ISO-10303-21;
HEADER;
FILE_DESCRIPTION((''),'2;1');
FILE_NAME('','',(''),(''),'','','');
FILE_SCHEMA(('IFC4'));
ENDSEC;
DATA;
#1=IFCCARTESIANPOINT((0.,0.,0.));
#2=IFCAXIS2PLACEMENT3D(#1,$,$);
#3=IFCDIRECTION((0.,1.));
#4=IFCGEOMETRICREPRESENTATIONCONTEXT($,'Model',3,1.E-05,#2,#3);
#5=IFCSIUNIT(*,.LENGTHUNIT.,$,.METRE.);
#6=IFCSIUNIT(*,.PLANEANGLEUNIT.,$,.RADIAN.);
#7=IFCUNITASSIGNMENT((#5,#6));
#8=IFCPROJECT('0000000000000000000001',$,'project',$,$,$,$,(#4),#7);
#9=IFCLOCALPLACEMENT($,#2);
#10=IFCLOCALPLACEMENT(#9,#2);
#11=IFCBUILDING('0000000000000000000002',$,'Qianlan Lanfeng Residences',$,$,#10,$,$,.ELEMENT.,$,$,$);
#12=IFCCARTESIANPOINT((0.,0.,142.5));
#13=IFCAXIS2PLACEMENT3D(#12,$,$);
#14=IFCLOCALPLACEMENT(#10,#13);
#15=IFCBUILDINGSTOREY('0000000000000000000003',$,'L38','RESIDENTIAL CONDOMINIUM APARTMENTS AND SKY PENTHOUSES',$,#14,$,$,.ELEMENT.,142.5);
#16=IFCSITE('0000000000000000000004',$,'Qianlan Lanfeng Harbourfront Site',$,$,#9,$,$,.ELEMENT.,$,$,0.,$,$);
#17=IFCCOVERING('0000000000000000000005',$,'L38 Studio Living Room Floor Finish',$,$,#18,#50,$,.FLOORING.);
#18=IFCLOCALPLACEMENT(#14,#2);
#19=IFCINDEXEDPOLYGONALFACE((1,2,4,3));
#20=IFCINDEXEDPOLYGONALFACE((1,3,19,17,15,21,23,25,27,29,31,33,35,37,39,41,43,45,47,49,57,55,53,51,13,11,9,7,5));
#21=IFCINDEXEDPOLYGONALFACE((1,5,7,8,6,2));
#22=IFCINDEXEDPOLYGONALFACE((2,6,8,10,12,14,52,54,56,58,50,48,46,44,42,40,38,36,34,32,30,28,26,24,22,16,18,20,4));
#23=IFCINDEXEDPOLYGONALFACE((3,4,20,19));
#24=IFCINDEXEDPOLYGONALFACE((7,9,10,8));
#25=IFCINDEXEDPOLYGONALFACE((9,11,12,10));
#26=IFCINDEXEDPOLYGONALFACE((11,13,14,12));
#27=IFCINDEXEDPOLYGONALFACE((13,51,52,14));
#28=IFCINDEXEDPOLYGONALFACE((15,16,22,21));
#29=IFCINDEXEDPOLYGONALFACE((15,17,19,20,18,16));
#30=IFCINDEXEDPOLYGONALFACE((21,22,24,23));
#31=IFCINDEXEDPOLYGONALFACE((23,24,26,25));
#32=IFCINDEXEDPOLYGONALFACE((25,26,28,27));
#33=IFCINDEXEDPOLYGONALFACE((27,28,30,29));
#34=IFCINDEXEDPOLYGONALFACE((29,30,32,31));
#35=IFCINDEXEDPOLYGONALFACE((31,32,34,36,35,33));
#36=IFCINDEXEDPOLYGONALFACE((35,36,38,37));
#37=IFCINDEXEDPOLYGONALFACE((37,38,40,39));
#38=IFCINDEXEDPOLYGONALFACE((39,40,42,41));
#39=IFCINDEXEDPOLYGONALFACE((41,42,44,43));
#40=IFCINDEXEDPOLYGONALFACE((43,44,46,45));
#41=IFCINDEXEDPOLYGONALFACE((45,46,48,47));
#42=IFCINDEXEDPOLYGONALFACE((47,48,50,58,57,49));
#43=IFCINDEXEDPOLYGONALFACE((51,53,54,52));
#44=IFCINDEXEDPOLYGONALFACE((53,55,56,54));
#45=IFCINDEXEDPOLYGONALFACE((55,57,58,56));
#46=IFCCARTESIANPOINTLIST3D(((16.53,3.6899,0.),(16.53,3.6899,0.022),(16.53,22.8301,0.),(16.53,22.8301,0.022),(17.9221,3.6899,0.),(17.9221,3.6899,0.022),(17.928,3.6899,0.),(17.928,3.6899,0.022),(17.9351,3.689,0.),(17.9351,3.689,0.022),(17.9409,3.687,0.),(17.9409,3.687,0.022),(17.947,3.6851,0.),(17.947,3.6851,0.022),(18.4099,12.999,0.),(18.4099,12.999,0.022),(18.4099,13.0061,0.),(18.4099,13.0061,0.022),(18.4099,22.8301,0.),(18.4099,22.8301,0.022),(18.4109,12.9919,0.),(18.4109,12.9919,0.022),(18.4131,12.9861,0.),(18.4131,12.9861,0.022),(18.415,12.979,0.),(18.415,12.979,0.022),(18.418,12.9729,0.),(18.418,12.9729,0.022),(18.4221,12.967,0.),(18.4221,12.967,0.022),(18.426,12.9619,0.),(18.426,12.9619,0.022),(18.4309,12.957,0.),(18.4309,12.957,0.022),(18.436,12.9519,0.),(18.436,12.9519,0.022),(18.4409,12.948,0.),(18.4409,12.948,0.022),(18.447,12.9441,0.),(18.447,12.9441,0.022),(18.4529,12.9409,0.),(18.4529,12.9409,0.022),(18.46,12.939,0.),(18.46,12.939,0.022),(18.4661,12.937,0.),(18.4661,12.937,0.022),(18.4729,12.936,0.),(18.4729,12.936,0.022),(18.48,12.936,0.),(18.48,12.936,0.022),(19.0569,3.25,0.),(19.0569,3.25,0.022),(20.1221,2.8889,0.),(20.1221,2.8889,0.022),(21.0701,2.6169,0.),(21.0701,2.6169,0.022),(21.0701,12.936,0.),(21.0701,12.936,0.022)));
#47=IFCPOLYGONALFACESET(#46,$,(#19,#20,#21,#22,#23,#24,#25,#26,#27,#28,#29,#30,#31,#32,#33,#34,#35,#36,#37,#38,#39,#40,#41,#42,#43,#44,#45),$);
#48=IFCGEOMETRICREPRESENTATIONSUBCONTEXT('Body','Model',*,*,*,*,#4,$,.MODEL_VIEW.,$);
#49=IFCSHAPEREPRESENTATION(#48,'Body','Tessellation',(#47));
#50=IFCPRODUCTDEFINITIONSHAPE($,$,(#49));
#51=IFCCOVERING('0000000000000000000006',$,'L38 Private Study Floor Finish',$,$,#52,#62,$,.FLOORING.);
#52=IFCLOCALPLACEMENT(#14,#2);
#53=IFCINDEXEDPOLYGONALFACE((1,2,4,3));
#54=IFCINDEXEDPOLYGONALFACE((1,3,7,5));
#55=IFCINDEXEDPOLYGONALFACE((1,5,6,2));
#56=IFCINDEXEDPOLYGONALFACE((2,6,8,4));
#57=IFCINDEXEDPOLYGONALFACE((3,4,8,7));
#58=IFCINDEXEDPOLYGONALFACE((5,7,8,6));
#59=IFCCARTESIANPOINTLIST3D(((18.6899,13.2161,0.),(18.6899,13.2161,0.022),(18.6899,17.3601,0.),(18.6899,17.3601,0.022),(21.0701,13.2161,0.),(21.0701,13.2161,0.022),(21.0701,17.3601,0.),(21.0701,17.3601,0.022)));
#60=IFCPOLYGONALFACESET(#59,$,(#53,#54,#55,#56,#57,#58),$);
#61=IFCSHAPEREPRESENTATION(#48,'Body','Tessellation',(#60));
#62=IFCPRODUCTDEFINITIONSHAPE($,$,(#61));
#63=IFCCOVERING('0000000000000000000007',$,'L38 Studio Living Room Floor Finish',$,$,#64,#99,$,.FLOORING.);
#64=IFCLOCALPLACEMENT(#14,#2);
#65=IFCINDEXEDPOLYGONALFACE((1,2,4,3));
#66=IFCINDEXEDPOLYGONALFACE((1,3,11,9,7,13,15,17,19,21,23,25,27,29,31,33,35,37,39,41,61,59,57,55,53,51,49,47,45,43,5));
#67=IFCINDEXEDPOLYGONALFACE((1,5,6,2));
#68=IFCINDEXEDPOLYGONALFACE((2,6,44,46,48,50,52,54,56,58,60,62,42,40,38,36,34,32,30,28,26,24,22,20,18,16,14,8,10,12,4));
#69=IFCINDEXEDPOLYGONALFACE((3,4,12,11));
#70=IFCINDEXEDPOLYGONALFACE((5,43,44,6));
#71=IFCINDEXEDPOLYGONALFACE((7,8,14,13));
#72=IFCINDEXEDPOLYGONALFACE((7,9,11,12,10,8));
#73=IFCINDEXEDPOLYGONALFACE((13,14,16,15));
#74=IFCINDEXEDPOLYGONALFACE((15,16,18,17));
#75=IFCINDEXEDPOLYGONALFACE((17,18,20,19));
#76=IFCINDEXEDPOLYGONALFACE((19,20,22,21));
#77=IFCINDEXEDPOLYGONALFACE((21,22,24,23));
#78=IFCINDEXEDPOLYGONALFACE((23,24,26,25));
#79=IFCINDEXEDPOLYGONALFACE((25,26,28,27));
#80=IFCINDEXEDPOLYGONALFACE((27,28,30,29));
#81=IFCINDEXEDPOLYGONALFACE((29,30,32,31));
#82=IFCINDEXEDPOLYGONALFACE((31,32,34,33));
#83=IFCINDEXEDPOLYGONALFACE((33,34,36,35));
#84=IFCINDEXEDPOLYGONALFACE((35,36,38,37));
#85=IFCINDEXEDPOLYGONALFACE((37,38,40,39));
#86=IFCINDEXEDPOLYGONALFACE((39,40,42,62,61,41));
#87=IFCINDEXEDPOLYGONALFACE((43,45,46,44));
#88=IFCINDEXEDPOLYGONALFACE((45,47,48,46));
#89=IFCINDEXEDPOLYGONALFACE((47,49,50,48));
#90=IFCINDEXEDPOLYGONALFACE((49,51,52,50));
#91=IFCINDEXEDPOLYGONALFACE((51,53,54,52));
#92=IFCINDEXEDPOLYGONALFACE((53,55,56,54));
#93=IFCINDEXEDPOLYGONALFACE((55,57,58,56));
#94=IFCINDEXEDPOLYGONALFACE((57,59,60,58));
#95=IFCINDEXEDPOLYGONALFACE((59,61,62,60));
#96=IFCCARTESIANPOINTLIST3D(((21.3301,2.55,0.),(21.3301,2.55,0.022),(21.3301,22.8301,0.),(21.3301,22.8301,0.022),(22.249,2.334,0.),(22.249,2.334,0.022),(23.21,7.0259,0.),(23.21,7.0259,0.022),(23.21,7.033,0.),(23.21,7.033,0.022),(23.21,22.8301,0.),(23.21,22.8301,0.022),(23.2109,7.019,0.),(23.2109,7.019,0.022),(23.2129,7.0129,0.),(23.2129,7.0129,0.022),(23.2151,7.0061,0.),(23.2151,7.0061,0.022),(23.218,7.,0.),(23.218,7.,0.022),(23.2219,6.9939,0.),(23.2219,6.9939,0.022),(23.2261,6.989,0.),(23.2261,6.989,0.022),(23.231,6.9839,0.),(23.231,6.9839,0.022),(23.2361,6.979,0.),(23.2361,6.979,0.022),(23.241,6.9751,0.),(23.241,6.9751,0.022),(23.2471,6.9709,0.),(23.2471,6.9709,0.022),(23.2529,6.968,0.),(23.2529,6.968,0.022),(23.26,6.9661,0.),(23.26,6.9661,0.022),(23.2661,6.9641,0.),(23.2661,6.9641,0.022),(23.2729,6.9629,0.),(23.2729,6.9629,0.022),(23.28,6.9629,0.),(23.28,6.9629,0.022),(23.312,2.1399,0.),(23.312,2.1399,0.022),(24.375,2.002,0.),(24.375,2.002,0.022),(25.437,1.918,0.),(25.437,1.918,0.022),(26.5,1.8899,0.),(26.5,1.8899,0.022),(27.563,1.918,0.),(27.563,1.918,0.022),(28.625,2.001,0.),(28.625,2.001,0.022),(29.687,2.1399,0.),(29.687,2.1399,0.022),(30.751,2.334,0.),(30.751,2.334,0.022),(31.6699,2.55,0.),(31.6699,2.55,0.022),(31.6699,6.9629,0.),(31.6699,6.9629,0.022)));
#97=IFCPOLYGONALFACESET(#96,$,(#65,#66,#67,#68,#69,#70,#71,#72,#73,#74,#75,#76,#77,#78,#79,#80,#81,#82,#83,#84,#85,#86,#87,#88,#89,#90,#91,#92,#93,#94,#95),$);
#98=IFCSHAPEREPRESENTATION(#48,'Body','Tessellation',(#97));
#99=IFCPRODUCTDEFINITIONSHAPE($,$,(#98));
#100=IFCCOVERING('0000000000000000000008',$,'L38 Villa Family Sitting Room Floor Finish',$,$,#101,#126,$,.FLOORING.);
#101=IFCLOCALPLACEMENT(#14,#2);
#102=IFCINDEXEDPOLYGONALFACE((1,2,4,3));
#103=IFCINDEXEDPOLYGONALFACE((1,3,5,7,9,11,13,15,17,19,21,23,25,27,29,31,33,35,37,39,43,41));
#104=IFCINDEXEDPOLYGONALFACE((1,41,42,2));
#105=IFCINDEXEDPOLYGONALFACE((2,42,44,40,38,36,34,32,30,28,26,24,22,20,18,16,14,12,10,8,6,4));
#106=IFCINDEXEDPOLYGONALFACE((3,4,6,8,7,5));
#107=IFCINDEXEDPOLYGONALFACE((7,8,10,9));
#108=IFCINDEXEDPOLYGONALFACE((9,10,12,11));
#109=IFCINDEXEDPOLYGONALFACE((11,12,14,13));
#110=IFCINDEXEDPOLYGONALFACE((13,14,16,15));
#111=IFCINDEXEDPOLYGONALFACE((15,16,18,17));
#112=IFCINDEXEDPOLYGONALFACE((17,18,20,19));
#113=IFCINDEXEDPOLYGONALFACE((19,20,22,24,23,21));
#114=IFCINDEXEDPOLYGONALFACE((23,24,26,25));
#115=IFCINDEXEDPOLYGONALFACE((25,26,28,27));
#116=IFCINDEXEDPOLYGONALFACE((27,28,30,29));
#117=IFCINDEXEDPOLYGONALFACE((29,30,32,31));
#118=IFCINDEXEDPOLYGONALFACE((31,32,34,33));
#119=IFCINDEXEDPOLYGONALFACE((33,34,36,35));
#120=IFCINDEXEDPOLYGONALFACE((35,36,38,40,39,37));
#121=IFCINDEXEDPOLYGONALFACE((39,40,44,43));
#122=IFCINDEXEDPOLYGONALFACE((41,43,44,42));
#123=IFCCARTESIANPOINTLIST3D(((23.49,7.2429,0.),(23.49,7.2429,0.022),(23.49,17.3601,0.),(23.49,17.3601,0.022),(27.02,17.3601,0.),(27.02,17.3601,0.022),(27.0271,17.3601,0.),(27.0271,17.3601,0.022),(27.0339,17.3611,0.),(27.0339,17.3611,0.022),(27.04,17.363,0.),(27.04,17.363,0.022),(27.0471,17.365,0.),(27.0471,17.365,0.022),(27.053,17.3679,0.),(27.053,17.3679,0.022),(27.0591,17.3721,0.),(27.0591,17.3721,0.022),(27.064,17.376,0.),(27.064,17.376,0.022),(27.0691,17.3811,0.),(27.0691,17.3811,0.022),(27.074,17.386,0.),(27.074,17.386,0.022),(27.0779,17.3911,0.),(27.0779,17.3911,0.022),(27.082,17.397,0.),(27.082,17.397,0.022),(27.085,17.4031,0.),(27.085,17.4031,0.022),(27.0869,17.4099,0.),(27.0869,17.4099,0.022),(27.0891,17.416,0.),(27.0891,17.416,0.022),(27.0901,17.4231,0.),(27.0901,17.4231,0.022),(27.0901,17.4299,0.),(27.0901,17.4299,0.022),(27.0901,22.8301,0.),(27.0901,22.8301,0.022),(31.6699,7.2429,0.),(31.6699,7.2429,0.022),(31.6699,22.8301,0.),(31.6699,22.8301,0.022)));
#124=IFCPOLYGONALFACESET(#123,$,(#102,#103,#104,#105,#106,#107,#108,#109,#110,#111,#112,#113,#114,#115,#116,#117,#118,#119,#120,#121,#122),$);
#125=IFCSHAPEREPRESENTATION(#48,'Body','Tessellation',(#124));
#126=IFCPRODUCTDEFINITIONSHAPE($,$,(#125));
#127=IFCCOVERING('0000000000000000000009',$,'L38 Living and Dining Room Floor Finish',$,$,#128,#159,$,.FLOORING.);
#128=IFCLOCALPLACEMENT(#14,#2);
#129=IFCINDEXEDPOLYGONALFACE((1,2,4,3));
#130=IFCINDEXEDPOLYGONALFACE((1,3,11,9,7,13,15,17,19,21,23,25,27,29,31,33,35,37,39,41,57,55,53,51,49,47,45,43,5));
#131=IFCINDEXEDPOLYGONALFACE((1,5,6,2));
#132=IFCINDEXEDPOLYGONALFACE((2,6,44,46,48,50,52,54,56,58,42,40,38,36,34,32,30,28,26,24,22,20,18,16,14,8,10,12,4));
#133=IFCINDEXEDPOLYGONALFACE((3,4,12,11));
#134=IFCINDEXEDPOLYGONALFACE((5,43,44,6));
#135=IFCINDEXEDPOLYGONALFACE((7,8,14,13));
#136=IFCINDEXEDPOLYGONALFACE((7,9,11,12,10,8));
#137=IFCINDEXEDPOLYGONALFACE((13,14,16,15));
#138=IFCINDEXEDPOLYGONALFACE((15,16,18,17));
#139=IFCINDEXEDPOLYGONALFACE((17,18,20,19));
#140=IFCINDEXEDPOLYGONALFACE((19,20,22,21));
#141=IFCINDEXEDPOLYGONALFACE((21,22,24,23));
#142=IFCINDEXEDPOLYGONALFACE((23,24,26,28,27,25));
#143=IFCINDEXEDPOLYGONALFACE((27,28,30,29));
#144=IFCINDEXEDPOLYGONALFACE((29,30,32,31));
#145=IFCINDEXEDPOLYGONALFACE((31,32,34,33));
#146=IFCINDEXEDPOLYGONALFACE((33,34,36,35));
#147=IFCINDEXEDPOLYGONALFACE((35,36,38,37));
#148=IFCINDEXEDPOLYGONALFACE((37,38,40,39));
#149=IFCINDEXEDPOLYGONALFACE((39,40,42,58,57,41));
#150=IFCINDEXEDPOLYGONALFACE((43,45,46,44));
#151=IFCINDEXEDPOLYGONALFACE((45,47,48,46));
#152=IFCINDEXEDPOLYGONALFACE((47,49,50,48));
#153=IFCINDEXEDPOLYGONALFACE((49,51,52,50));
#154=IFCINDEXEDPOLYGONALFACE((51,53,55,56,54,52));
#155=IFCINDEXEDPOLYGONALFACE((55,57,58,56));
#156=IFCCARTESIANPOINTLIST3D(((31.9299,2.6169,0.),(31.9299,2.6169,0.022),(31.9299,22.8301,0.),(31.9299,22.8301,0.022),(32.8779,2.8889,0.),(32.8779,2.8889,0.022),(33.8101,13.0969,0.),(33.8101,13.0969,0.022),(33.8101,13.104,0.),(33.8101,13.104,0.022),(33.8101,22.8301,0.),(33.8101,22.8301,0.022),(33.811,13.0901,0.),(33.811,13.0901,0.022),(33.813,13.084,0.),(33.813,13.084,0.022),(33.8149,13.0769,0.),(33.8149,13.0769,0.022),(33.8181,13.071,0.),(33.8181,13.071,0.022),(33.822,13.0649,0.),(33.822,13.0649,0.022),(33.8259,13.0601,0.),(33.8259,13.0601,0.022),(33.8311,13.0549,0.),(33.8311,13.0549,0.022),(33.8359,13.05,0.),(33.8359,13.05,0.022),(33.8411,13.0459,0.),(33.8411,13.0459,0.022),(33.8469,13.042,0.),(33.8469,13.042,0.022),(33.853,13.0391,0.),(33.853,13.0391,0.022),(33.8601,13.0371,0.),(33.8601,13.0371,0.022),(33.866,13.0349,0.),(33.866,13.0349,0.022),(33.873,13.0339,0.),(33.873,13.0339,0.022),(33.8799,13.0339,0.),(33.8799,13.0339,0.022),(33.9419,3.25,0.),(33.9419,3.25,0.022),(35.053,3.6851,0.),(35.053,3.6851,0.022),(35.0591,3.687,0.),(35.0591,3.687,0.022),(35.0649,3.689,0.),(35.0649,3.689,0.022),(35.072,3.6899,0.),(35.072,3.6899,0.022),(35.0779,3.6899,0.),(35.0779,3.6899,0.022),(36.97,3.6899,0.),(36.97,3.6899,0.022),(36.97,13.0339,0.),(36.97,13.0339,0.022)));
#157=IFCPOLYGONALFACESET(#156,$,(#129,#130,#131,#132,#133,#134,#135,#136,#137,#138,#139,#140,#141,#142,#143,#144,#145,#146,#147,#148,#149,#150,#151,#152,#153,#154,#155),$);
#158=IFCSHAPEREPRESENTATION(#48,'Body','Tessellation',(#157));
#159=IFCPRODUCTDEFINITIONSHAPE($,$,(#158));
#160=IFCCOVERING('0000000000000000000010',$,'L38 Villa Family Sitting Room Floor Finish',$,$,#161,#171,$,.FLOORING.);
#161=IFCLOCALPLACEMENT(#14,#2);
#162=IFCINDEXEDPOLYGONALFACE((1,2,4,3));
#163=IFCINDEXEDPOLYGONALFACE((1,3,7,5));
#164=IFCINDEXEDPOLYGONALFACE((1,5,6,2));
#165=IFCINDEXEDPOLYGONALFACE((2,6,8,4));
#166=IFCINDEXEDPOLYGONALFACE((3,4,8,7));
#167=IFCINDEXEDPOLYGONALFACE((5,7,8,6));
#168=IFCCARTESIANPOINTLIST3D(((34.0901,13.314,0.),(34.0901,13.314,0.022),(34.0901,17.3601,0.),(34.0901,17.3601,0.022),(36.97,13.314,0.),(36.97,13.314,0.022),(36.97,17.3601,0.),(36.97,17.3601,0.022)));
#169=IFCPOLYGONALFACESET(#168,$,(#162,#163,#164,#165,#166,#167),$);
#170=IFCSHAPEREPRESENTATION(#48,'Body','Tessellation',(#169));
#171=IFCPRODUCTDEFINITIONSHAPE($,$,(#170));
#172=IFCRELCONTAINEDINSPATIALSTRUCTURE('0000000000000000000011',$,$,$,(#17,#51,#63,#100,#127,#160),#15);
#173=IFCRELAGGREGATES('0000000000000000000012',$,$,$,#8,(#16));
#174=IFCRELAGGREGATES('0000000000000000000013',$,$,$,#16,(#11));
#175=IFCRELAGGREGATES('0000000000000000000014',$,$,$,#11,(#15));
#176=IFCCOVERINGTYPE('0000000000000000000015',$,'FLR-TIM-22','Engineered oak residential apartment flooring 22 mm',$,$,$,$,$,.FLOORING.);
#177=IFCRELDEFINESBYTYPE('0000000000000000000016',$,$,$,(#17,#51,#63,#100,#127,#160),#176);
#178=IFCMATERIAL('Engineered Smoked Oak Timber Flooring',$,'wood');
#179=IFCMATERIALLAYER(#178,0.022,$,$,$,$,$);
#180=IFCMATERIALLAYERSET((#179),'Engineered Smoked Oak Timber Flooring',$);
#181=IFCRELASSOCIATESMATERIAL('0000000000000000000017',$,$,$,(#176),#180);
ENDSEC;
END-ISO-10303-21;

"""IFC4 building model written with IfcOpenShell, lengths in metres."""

from ifc_helpers import new_model, si_unit, direction, frame, origin, place, context, subcontext, project, spatial, polyline, outline, extrude, material, layer, layer_set, type_object, element, save


model = new_model("IFC4")

# Units and contexts
model_context = context("Model", 3, precision=1e-05, world=origin(), true_north=direction((0.0, 1.0)))
body_context = subcontext(model_context, "Body", "Model", "MODEL_VIEW")
ifc_project = project(units=[si_unit("LENGTHUNIT", "METRE"), si_unit("PLANEANGLEUNIT", "RADIAN")], contexts=[model_context])

# Site, building, storey
site_placement = place(None, origin())
site = spatial("IfcSite", under=ifc_project, at=site_placement, Name="Qianlan Lanfeng Harbourfront Site", CompositionType="ELEMENT", RefElevation=0.0)
building_placement = place(site_placement, origin())
building = spatial("IfcBuilding", under=site, at=building_placement, Name="Qianlan Lanfeng Residences", CompositionType="ELEMENT")
storey_placement = place(building_placement, frame((0.0, 0.0, 142.5)))
storey = spatial("IfcBuildingStorey", under=building, at=storey_placement, Name="L38", Description="RESIDENTIAL CONDOMINIUM APARTMENTS AND SKY PENTHOUSES", CompositionType="ELEMENT", Elevation=142.5)

# Coverings
ifc_material_1 = material(Name="Engineered Smoked Oak Timber Flooring", Category="wood")
ifc_layer_1 = layer(ifc_material_1, 0.022)
ifc_layer_set_1 = layer_set([ifc_layer_1], Name="Engineered Smoked Oak Timber Flooring")
covering_type_1 = type_object("IfcCoveringType", Name="FLR-TIM-22", Description="Engineered oak residential apartment flooring 22 mm", PredefinedType="FLOORING", material=ifc_layer_set_1)
covering_1_placement = place(storey_placement, origin())
element("IfcCovering", 1, at=covering_1_placement, inside=storey, type_object=covering_type_1, Name="L38 Studio Living Room Floor Finish", PredefinedType="FLOORING", context=body_context, shape_type="SweptSolid", body=[
    extrude(outline(polyline([(21.0701, 2.6169), (21.0701, 12.936), (18.48, 12.936), (18.4729, 12.936), (18.4661, 12.937), (18.46, 12.939), (18.4529, 12.9409), (18.447, 12.9441), (18.4409, 12.948), (18.436, 12.9519), (18.4309, 12.957), (18.426, 12.9619), (18.4221, 12.967), (18.418, 12.9729), (18.415, 12.979), (18.4131, 12.9861), (18.4109, 12.9919), (18.4099, 12.999), (18.4099, 13.0061), (18.4099, 22.8301), (16.53, 22.8301), (16.53, 3.6899), (17.9221, 3.6899), (17.928, 3.6899), (17.9351, 3.689), (17.9409, 3.687), (17.947, 3.6851), (19.0569, 3.25), (20.1221, 2.8889), (21.0701, 2.6169)])), origin(), (0.0, 0.0, 1.0), 0.022),
])
covering_2_placement = place(storey_placement, origin())
element("IfcCovering", 2, at=covering_2_placement, inside=storey, type_object=covering_type_1, Name="L38 Private Study Floor Finish", PredefinedType="FLOORING", context=body_context, shape_type="SweptSolid", body=[
    extrude(outline(polyline([(18.6899, 17.3601), (18.6899, 13.2161), (21.0701, 13.2161), (21.0701, 17.3601), (18.6899, 17.3601)])), origin(), (0.0, 0.0, 1.0), 0.022),
])
covering_3_placement = place(storey_placement, origin())
element("IfcCovering", 3, at=covering_3_placement, inside=storey, type_object=covering_type_1, Name="L38 Studio Living Room Floor Finish", PredefinedType="FLOORING", context=body_context, shape_type="SweptSolid", body=[
    extrude(outline(polyline([(31.6699, 2.55), (31.6699, 6.9629), (23.28, 6.9629), (23.2729, 6.9629), (23.2661, 6.9641), (23.26, 6.9661), (23.2529, 6.968), (23.2471, 6.9709), (23.241, 6.9751), (23.2361, 6.979), (23.231, 6.9839), (23.2261, 6.989), (23.2219, 6.9939), (23.218, 7.0), (23.2151, 7.0061), (23.2129, 7.0129), (23.2109, 7.019), (23.21, 7.0259), (23.21, 7.033), (23.21, 22.8301), (21.3301, 22.8301), (21.3301, 2.55), (22.249, 2.334), (23.312, 2.1399), (24.375, 2.002), (25.437, 1.918), (26.5, 1.8899), (27.563, 1.918), (28.625, 2.001), (29.687, 2.1399), (30.751, 2.334), (31.6699, 2.55)])), origin(), (0.0, 0.0, 1.0), 0.022),
])
covering_4_placement = place(storey_placement, origin())
element("IfcCovering", 4, at=covering_4_placement, inside=storey, type_object=covering_type_1, Name="L38 Villa Family Sitting Room Floor Finish", PredefinedType="FLOORING", context=body_context, shape_type="SweptSolid", body=[
    extrude(outline(polyline([(23.49, 7.2429), (31.6699, 7.2429), (31.6699, 22.8301), (27.0901, 22.8301), (27.0901, 17.4299), (27.0901, 17.4231), (27.0891, 17.416), (27.0869, 17.4099), (27.085, 17.4031), (27.082, 17.397), (27.0779, 17.3911), (27.074, 17.386), (27.0691, 17.3811), (27.064, 17.376), (27.0591, 17.3721), (27.053, 17.3679), (27.0471, 17.365), (27.04, 17.363), (27.0339, 17.3611), (27.0271, 17.3601), (27.02, 17.3601), (23.49, 17.3601), (23.49, 7.2429)])), origin(), (0.0, 0.0, 1.0), 0.022),
])
covering_5_placement = place(storey_placement, origin())
element("IfcCovering", 5, at=covering_5_placement, inside=storey, type_object=covering_type_1, Name="L38 Living and Dining Room Floor Finish", PredefinedType="FLOORING", context=body_context, shape_type="SweptSolid", body=[
    extrude(outline(polyline([(36.97, 3.6899), (36.97, 13.0339), (33.8799, 13.0339), (33.873, 13.0339), (33.866, 13.0349), (33.8601, 13.0371), (33.853, 13.0391), (33.8469, 13.042), (33.8411, 13.0459), (33.8359, 13.05), (33.8311, 13.0549), (33.8259, 13.0601), (33.822, 13.0649), (33.8181, 13.071), (33.8149, 13.0769), (33.813, 13.084), (33.811, 13.0901), (33.8101, 13.0969), (33.8101, 13.104), (33.8101, 22.8301), (31.9299, 22.8301), (31.9299, 2.6169), (32.8779, 2.8889), (33.9419, 3.25), (35.053, 3.6851), (35.0591, 3.687), (35.0649, 3.689), (35.072, 3.6899), (35.0779, 3.6899), (36.97, 3.6899)])), origin(), (0.0, 0.0, 1.0), 0.022),
])
covering_6_placement = place(storey_placement, origin())
element("IfcCovering", 6, at=covering_6_placement, inside=storey, type_object=covering_type_1, Name="L38 Villa Family Sitting Room Floor Finish", PredefinedType="FLOORING", context=body_context, shape_type="SweptSolid", body=[
    extrude(outline(polyline([(34.0901, 17.3601), (34.0901, 13.314), (36.97, 13.314), (36.97, 17.3601), (34.0901, 17.3601)])), origin(), (0.0, 0.0, 1.0), 0.022),
])

save(model, "model.ifc")
